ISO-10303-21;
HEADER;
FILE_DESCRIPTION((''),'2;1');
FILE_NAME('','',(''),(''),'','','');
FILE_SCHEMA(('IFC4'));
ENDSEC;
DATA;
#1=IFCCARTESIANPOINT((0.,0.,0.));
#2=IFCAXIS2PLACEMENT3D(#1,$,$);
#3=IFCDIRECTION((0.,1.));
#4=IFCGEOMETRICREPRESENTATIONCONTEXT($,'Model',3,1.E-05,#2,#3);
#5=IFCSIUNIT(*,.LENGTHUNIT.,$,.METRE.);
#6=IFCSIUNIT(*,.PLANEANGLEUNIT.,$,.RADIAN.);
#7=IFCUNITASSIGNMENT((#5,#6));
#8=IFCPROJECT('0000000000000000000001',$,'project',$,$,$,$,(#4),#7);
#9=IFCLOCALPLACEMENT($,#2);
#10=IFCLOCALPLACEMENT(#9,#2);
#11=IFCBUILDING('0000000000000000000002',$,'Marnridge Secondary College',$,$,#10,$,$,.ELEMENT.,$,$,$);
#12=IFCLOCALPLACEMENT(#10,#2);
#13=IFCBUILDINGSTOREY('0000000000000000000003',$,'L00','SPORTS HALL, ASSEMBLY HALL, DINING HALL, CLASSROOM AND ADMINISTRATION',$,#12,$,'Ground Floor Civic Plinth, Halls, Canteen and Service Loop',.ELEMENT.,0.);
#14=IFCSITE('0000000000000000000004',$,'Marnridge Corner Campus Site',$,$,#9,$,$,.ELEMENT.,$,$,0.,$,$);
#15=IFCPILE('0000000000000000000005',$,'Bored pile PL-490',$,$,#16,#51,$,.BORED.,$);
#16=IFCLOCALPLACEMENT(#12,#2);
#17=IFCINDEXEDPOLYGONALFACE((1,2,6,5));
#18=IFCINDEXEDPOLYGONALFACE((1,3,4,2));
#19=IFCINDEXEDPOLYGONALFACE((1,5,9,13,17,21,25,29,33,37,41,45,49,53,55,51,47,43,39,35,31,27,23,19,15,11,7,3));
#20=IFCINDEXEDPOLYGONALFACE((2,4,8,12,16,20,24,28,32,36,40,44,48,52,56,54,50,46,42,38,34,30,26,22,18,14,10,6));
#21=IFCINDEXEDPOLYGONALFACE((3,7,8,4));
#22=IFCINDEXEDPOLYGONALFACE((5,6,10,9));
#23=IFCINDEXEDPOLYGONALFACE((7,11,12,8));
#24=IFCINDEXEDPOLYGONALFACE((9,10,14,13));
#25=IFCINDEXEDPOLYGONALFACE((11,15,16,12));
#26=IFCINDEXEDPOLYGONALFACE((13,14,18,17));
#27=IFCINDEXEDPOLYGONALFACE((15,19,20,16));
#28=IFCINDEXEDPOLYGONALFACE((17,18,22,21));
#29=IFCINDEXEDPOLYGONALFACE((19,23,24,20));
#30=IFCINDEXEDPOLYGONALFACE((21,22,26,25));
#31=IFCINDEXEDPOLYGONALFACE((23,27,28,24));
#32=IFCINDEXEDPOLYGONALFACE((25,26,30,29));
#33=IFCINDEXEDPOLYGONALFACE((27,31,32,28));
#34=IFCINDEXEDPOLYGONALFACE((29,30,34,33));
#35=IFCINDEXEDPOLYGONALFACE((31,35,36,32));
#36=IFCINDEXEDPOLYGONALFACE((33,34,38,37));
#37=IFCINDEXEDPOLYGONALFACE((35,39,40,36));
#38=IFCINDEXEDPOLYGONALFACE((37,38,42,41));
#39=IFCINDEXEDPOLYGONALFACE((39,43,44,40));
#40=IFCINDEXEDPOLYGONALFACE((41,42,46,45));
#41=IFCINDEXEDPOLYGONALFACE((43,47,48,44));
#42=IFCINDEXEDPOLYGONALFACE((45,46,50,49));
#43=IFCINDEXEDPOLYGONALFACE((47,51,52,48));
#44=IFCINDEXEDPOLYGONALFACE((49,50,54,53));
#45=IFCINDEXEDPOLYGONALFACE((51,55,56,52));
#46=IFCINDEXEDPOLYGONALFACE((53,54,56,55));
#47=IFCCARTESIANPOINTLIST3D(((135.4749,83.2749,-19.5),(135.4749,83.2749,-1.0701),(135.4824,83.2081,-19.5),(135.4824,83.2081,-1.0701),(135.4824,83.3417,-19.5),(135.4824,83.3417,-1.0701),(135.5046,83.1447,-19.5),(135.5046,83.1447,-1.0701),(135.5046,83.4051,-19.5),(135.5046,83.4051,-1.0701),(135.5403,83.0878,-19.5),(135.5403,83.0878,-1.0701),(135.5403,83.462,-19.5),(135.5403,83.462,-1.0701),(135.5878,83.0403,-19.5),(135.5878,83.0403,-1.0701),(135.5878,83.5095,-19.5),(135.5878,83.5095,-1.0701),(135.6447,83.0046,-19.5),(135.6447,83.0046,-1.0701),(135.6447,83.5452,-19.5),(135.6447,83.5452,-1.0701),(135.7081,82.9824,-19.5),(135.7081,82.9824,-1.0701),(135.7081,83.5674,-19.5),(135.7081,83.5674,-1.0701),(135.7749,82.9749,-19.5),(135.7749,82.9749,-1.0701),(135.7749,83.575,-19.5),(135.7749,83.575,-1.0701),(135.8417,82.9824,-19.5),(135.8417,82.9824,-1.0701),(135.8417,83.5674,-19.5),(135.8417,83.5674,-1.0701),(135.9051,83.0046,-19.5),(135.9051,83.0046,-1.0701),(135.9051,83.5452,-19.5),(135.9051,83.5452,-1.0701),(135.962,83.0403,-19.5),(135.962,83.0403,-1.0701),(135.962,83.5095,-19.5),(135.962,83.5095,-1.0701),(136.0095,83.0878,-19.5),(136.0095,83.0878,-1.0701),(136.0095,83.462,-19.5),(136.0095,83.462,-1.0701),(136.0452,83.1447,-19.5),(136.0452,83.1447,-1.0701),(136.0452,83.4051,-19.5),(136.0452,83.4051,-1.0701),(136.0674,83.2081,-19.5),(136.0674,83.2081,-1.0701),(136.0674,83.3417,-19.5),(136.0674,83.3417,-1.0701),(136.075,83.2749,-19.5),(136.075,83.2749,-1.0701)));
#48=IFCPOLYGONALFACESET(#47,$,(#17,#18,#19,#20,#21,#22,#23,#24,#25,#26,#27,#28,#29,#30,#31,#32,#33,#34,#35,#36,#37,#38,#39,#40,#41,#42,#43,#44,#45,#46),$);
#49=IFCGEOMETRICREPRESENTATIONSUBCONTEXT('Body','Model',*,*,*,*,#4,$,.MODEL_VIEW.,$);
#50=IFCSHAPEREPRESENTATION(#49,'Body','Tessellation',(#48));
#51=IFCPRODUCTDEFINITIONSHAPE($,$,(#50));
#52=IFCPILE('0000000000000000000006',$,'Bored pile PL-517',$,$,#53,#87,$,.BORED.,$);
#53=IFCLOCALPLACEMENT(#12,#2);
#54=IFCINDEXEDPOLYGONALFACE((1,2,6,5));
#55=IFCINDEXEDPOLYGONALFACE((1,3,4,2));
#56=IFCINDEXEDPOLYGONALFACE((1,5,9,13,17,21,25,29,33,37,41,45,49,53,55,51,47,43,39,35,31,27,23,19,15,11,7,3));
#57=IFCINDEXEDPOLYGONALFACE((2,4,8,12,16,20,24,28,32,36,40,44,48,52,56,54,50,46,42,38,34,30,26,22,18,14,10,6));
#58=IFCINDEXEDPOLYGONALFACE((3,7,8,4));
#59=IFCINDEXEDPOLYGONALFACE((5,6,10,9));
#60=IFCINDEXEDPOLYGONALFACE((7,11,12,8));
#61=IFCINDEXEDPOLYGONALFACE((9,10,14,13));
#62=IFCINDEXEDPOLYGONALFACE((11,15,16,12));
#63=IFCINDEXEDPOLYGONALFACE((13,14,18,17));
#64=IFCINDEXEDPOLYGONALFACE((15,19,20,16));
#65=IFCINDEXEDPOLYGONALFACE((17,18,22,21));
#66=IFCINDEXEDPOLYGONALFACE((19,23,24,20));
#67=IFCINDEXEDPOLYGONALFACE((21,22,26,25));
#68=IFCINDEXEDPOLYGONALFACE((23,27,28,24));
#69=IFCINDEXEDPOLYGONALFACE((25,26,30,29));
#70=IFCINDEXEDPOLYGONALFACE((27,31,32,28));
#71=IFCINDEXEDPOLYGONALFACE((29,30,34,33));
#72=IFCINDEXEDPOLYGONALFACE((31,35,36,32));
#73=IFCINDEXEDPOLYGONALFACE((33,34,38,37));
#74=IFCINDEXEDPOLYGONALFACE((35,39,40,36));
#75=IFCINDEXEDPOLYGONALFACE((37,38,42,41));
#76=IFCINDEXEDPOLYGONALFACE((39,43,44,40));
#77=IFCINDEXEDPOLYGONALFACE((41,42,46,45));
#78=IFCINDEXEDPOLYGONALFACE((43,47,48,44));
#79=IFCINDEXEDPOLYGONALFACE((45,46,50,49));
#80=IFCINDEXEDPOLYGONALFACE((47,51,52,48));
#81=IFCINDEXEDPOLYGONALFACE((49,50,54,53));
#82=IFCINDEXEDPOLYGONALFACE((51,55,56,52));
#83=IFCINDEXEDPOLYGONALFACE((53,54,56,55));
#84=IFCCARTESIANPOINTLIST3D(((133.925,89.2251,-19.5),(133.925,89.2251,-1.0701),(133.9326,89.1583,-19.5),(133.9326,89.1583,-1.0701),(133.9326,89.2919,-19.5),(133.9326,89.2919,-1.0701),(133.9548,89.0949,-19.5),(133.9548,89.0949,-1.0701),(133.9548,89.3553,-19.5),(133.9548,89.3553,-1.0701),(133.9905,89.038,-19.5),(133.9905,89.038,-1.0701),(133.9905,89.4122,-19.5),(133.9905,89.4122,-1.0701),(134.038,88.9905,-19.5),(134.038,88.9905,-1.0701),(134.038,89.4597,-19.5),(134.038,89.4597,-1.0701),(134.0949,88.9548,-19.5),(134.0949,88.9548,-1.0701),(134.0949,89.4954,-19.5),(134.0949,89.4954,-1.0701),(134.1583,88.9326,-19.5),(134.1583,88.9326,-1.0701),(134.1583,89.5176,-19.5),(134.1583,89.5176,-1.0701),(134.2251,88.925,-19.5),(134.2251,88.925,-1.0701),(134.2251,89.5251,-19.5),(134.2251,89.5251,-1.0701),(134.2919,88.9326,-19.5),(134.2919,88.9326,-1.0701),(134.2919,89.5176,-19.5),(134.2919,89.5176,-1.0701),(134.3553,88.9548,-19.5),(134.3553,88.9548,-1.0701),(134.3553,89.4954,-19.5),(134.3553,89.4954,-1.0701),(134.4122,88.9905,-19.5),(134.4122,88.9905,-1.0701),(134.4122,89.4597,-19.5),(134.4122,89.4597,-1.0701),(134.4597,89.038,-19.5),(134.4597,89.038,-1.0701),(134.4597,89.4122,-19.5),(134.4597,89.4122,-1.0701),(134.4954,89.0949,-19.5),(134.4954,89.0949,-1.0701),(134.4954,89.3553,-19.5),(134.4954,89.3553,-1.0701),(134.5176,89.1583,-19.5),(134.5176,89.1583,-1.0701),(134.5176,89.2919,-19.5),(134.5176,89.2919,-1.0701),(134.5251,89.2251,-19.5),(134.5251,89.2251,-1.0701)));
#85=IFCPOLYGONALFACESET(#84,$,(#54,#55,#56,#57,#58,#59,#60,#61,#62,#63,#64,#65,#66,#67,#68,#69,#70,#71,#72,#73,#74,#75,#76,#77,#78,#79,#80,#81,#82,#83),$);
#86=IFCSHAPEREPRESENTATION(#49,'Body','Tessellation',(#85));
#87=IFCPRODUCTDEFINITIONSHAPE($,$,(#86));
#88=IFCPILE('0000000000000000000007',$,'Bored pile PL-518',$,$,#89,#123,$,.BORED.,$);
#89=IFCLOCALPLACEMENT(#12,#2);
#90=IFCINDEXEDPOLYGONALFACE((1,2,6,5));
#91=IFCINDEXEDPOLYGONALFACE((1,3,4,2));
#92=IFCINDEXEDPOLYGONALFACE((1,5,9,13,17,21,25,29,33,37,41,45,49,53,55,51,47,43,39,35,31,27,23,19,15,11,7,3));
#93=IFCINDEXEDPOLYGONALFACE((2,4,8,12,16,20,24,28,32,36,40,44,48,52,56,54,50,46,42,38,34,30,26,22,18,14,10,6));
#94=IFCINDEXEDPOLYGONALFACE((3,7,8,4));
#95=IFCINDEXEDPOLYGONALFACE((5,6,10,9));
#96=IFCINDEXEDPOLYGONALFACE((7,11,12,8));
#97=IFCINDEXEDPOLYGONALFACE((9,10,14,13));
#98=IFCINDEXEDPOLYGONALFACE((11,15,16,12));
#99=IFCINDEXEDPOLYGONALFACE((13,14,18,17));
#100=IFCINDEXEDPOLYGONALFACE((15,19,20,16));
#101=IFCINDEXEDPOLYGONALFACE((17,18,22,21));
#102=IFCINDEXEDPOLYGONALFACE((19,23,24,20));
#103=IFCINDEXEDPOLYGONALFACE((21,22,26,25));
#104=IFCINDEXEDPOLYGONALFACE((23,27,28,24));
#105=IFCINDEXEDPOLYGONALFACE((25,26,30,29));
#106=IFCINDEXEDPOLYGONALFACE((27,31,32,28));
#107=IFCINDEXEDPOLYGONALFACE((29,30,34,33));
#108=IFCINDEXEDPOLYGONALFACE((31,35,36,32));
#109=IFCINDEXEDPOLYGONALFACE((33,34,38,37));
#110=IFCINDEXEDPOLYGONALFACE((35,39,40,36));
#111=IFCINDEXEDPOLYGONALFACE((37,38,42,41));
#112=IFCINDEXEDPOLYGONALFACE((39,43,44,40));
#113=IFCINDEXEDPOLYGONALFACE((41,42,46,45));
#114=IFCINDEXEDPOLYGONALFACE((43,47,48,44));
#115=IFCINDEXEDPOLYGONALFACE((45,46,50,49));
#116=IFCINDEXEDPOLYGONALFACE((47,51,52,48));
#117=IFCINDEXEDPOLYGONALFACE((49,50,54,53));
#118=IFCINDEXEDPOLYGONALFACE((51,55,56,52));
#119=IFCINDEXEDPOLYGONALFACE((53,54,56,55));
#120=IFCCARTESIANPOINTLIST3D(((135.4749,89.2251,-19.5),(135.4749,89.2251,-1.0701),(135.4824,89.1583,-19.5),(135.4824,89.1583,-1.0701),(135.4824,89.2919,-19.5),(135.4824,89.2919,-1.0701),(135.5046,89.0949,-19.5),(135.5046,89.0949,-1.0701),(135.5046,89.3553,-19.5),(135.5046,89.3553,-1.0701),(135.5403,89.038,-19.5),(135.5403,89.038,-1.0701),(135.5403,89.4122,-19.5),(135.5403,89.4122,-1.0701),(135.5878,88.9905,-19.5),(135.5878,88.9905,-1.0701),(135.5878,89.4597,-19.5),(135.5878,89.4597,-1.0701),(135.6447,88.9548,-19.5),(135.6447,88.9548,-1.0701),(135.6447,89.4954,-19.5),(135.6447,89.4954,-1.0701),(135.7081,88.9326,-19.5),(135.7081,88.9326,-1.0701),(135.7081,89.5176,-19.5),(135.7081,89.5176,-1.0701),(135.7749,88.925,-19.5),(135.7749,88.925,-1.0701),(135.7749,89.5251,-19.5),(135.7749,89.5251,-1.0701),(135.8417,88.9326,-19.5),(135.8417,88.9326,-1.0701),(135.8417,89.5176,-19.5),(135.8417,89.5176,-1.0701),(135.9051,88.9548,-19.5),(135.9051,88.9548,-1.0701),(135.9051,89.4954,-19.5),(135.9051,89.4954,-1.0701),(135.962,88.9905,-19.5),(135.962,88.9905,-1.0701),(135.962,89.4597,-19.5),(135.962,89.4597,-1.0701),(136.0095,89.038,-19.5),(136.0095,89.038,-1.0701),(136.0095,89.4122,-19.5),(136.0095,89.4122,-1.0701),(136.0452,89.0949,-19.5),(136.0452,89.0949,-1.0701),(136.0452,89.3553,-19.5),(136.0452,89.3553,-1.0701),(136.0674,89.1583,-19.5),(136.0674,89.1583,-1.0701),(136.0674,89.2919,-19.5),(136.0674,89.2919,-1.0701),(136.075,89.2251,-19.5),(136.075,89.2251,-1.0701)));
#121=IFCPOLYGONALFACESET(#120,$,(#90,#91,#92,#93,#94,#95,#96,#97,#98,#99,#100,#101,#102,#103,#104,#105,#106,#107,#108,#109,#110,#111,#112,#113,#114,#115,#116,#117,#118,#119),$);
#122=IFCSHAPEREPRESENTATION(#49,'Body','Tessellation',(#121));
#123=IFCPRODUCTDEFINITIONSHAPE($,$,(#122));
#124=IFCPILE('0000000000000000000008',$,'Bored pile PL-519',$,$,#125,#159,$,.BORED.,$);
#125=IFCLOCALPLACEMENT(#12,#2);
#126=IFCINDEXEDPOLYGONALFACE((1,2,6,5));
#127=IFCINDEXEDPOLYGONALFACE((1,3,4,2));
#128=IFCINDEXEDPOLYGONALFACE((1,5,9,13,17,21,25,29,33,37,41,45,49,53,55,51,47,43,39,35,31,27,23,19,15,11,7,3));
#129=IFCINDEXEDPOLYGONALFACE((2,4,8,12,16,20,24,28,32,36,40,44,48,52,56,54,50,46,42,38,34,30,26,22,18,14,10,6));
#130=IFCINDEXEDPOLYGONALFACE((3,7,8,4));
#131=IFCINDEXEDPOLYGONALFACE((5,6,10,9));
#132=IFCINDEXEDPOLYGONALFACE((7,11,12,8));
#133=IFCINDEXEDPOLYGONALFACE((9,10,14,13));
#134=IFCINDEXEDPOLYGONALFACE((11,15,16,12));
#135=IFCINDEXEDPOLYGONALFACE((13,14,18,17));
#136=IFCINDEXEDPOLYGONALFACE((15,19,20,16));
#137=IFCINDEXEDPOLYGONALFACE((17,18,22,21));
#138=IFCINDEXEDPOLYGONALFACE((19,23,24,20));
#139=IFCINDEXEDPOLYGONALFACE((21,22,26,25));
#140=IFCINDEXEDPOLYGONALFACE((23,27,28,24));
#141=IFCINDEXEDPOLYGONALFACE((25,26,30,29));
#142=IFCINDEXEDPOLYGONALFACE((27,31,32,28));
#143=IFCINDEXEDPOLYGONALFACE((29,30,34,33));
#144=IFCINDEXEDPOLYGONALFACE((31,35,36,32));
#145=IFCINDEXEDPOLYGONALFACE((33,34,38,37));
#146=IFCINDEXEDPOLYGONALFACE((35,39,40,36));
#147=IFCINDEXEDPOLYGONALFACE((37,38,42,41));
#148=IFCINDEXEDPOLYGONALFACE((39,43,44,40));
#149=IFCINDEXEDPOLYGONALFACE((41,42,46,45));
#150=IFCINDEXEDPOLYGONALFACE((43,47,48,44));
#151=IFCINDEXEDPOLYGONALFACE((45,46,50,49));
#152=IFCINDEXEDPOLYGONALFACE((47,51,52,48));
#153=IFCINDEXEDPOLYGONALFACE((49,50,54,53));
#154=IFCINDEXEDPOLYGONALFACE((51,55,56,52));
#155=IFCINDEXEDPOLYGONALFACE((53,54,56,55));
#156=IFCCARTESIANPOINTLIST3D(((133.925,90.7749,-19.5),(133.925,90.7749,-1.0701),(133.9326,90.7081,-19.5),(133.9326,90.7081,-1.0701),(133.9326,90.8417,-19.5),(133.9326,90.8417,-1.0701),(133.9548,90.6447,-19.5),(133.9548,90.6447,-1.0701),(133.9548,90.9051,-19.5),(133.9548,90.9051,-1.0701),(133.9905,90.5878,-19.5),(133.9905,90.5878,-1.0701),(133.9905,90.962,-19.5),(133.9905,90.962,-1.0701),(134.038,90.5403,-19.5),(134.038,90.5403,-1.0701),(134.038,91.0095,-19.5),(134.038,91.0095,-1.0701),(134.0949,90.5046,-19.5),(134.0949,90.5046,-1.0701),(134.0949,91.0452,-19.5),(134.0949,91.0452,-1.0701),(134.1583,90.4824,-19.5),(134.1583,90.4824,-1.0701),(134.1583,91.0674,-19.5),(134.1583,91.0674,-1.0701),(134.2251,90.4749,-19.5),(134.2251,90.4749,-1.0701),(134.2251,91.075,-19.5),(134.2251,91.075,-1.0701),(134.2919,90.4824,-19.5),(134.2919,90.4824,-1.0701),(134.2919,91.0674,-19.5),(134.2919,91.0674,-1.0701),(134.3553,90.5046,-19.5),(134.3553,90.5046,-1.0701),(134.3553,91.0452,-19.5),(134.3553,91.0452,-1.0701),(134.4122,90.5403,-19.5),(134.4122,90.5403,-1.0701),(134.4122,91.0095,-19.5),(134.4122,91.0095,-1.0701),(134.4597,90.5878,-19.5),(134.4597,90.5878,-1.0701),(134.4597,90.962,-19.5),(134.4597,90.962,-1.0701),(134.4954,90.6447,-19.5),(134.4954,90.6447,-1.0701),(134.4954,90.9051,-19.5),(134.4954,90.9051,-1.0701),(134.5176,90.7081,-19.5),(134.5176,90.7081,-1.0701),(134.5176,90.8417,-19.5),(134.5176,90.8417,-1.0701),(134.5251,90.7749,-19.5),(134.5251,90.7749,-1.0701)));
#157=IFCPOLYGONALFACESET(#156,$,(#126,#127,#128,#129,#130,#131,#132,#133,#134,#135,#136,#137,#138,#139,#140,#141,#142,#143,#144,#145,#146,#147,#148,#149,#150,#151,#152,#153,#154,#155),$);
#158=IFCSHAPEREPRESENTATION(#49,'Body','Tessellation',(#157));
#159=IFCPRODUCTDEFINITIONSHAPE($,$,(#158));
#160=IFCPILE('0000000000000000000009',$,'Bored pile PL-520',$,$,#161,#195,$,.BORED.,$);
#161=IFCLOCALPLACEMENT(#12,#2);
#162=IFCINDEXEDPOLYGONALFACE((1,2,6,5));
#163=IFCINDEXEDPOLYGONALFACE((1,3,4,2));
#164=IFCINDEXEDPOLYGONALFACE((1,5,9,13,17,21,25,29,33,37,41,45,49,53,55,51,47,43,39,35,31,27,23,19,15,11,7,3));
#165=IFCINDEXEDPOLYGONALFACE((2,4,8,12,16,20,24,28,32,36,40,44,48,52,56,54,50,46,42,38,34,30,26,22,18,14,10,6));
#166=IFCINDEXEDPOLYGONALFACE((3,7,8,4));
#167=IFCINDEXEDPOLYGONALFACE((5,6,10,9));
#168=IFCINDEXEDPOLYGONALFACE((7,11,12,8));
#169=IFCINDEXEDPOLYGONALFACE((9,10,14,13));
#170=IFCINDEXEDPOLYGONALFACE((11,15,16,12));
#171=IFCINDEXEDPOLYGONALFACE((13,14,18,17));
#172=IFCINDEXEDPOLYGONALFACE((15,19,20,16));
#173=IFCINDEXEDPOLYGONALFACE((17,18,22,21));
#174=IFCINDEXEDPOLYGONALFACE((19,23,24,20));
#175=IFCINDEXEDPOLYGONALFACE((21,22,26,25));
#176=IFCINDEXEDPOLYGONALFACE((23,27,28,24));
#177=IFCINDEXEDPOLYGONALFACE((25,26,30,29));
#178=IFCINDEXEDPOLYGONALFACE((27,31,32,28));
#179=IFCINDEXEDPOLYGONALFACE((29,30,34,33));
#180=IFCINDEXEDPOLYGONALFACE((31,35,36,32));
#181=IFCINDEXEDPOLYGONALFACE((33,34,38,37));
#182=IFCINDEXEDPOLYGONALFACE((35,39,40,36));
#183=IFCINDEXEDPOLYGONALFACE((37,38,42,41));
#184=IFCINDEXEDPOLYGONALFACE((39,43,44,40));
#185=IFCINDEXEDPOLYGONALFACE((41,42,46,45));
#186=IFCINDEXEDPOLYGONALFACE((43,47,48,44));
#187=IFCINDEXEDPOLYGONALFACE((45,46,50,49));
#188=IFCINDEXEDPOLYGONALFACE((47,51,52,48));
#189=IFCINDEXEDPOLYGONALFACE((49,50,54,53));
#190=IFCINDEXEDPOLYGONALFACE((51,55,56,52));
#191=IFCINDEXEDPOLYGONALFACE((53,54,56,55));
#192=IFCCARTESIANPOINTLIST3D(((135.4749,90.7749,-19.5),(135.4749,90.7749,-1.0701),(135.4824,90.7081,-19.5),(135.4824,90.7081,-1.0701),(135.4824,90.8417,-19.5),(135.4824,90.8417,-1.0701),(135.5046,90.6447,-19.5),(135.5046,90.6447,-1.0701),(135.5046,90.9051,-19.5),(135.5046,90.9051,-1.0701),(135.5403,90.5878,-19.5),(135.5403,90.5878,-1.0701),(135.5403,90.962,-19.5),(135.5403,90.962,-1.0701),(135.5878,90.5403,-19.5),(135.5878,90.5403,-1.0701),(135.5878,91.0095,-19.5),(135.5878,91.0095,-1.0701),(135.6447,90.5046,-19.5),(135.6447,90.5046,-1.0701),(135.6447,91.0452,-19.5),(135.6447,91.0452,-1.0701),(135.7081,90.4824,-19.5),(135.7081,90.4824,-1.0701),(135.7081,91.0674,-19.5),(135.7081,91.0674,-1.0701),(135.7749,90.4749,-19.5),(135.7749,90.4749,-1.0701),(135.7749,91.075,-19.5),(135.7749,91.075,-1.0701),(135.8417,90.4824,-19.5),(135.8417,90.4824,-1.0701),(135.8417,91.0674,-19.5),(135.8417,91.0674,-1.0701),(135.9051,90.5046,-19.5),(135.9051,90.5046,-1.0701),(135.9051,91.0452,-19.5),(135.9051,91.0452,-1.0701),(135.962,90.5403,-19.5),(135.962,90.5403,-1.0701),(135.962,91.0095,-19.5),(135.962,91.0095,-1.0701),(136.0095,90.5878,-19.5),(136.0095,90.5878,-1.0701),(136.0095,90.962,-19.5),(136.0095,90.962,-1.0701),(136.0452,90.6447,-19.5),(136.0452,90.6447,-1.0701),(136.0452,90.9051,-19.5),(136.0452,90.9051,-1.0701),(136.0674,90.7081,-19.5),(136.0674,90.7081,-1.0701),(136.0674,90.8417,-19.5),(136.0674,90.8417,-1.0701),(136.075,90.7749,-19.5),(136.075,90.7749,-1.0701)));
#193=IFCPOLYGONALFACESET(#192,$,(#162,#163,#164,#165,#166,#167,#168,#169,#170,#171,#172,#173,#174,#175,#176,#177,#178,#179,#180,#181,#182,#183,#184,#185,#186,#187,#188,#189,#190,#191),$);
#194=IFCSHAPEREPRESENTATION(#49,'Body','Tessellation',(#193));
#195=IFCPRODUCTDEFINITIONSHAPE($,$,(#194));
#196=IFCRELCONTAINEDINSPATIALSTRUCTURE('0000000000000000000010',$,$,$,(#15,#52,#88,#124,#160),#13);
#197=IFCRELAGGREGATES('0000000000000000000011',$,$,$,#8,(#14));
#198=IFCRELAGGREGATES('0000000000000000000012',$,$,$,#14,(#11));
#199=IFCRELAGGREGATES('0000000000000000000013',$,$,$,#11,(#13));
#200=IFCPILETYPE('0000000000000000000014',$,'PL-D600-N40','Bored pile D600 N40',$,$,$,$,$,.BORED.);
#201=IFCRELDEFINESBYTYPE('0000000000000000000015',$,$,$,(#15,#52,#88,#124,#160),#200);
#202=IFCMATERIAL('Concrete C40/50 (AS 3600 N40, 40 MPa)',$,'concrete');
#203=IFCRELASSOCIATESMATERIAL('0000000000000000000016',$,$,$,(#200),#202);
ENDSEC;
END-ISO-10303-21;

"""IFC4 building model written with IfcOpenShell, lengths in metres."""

from ifc_helpers import new_model, si_unit, direction, frame, origin, origin_2d, place, context, subcontext, project, spatial, circle, extrude, material, material_profile, profile_set, type_object, element, save


model = new_model("IFC4")

# Units and contexts
model_context = context("Model", 3, precision=1e-05, world=origin(), true_north=direction((0.0, 1.0)))
body_context = subcontext(model_context, "Body", "Model", "MODEL_VIEW")
ifc_project = project(units=[si_unit("LENGTHUNIT", "METRE"), si_unit("PLANEANGLEUNIT", "RADIAN")], contexts=[model_context])

# Site, building, storey
site_placement = place(None, origin())
site = spatial("IfcSite", under=ifc_project, at=site_placement, Name="Marnridge Corner Campus Site", CompositionType="ELEMENT", RefElevation=0.0)
building_placement = place(site_placement, origin())
building = spatial("IfcBuilding", under=site, at=building_placement, Name="Marnridge Secondary College", CompositionType="ELEMENT")
storey_placement = place(building_placement, origin())
storey = spatial("IfcBuildingStorey", under=building, at=storey_placement, Name="L00", Description="SPORTS HALL, ASSEMBLY HALL, DINING HALL, CLASSROOM AND ADMINISTRATION", LongName="Ground Floor Civic Plinth, Halls, Canteen and Service Loop", CompositionType="ELEMENT", Elevation=0.0)

# Piles
ifc_material_1 = material(Name="Concrete C40/50 (AS 3600 N40, 40 MPa)", Category="concrete")
ifc_material_profile_1 = material_profile(ifc_material_1, circle(Radius=0.3, at=origin_2d()), Name="PILE D600")
ifc_profile_set_1 = profile_set([ifc_material_profile_1], Name="Concrete C40/50 (AS 3600 N40, 40 MPa)")
pile_type = type_object("IfcPileType", Name="PL-D600-N40", Description="Bored pile D600 N40", PredefinedType="BORED", material=ifc_profile_set_1)
for number, where, z_axis, x_axis, name in (
    (1, (135.7749, 83.2749, -1.0701), (0.0, 0.0, -1.0), (1.0, 0.0, 0.0), "Bored pile PL-490"),
    (2, (134.2251, 89.2251, -1.0701), (0.0, 0.0, -1.0), (1.0, 0.0, 0.0), "Bored pile PL-517"),
    (3, (135.7749, 89.2251, -1.0701), (0.0, 0.0, -1.0), (1.0, 0.0, 0.0), "Bored pile PL-518"),
    (4, (134.2251, 90.7749, -1.0701), (0.0, 0.0, -1.0), (1.0, 0.0, 0.0), "Bored pile PL-519"),
    (5, (135.7749, 90.7749, -1.0701), (0.0, 0.0, -1.0), (1.0, 0.0, 0.0), "Bored pile PL-520"),
):
    element("IfcPile", number, at=place(storey_placement, frame(where, z_axis=z_axis, x_axis=x_axis)), inside=storey, type_object=pile_type, Name=name, PredefinedType="BORED", context=body_context, shape_type="SweptSolid", body=[
        extrude(circle(Radius=0.3, at=origin_2d()), origin(), (0.0, 0.0, 1.0), 18.4299),
    ])

save(model, "model.ifc")
